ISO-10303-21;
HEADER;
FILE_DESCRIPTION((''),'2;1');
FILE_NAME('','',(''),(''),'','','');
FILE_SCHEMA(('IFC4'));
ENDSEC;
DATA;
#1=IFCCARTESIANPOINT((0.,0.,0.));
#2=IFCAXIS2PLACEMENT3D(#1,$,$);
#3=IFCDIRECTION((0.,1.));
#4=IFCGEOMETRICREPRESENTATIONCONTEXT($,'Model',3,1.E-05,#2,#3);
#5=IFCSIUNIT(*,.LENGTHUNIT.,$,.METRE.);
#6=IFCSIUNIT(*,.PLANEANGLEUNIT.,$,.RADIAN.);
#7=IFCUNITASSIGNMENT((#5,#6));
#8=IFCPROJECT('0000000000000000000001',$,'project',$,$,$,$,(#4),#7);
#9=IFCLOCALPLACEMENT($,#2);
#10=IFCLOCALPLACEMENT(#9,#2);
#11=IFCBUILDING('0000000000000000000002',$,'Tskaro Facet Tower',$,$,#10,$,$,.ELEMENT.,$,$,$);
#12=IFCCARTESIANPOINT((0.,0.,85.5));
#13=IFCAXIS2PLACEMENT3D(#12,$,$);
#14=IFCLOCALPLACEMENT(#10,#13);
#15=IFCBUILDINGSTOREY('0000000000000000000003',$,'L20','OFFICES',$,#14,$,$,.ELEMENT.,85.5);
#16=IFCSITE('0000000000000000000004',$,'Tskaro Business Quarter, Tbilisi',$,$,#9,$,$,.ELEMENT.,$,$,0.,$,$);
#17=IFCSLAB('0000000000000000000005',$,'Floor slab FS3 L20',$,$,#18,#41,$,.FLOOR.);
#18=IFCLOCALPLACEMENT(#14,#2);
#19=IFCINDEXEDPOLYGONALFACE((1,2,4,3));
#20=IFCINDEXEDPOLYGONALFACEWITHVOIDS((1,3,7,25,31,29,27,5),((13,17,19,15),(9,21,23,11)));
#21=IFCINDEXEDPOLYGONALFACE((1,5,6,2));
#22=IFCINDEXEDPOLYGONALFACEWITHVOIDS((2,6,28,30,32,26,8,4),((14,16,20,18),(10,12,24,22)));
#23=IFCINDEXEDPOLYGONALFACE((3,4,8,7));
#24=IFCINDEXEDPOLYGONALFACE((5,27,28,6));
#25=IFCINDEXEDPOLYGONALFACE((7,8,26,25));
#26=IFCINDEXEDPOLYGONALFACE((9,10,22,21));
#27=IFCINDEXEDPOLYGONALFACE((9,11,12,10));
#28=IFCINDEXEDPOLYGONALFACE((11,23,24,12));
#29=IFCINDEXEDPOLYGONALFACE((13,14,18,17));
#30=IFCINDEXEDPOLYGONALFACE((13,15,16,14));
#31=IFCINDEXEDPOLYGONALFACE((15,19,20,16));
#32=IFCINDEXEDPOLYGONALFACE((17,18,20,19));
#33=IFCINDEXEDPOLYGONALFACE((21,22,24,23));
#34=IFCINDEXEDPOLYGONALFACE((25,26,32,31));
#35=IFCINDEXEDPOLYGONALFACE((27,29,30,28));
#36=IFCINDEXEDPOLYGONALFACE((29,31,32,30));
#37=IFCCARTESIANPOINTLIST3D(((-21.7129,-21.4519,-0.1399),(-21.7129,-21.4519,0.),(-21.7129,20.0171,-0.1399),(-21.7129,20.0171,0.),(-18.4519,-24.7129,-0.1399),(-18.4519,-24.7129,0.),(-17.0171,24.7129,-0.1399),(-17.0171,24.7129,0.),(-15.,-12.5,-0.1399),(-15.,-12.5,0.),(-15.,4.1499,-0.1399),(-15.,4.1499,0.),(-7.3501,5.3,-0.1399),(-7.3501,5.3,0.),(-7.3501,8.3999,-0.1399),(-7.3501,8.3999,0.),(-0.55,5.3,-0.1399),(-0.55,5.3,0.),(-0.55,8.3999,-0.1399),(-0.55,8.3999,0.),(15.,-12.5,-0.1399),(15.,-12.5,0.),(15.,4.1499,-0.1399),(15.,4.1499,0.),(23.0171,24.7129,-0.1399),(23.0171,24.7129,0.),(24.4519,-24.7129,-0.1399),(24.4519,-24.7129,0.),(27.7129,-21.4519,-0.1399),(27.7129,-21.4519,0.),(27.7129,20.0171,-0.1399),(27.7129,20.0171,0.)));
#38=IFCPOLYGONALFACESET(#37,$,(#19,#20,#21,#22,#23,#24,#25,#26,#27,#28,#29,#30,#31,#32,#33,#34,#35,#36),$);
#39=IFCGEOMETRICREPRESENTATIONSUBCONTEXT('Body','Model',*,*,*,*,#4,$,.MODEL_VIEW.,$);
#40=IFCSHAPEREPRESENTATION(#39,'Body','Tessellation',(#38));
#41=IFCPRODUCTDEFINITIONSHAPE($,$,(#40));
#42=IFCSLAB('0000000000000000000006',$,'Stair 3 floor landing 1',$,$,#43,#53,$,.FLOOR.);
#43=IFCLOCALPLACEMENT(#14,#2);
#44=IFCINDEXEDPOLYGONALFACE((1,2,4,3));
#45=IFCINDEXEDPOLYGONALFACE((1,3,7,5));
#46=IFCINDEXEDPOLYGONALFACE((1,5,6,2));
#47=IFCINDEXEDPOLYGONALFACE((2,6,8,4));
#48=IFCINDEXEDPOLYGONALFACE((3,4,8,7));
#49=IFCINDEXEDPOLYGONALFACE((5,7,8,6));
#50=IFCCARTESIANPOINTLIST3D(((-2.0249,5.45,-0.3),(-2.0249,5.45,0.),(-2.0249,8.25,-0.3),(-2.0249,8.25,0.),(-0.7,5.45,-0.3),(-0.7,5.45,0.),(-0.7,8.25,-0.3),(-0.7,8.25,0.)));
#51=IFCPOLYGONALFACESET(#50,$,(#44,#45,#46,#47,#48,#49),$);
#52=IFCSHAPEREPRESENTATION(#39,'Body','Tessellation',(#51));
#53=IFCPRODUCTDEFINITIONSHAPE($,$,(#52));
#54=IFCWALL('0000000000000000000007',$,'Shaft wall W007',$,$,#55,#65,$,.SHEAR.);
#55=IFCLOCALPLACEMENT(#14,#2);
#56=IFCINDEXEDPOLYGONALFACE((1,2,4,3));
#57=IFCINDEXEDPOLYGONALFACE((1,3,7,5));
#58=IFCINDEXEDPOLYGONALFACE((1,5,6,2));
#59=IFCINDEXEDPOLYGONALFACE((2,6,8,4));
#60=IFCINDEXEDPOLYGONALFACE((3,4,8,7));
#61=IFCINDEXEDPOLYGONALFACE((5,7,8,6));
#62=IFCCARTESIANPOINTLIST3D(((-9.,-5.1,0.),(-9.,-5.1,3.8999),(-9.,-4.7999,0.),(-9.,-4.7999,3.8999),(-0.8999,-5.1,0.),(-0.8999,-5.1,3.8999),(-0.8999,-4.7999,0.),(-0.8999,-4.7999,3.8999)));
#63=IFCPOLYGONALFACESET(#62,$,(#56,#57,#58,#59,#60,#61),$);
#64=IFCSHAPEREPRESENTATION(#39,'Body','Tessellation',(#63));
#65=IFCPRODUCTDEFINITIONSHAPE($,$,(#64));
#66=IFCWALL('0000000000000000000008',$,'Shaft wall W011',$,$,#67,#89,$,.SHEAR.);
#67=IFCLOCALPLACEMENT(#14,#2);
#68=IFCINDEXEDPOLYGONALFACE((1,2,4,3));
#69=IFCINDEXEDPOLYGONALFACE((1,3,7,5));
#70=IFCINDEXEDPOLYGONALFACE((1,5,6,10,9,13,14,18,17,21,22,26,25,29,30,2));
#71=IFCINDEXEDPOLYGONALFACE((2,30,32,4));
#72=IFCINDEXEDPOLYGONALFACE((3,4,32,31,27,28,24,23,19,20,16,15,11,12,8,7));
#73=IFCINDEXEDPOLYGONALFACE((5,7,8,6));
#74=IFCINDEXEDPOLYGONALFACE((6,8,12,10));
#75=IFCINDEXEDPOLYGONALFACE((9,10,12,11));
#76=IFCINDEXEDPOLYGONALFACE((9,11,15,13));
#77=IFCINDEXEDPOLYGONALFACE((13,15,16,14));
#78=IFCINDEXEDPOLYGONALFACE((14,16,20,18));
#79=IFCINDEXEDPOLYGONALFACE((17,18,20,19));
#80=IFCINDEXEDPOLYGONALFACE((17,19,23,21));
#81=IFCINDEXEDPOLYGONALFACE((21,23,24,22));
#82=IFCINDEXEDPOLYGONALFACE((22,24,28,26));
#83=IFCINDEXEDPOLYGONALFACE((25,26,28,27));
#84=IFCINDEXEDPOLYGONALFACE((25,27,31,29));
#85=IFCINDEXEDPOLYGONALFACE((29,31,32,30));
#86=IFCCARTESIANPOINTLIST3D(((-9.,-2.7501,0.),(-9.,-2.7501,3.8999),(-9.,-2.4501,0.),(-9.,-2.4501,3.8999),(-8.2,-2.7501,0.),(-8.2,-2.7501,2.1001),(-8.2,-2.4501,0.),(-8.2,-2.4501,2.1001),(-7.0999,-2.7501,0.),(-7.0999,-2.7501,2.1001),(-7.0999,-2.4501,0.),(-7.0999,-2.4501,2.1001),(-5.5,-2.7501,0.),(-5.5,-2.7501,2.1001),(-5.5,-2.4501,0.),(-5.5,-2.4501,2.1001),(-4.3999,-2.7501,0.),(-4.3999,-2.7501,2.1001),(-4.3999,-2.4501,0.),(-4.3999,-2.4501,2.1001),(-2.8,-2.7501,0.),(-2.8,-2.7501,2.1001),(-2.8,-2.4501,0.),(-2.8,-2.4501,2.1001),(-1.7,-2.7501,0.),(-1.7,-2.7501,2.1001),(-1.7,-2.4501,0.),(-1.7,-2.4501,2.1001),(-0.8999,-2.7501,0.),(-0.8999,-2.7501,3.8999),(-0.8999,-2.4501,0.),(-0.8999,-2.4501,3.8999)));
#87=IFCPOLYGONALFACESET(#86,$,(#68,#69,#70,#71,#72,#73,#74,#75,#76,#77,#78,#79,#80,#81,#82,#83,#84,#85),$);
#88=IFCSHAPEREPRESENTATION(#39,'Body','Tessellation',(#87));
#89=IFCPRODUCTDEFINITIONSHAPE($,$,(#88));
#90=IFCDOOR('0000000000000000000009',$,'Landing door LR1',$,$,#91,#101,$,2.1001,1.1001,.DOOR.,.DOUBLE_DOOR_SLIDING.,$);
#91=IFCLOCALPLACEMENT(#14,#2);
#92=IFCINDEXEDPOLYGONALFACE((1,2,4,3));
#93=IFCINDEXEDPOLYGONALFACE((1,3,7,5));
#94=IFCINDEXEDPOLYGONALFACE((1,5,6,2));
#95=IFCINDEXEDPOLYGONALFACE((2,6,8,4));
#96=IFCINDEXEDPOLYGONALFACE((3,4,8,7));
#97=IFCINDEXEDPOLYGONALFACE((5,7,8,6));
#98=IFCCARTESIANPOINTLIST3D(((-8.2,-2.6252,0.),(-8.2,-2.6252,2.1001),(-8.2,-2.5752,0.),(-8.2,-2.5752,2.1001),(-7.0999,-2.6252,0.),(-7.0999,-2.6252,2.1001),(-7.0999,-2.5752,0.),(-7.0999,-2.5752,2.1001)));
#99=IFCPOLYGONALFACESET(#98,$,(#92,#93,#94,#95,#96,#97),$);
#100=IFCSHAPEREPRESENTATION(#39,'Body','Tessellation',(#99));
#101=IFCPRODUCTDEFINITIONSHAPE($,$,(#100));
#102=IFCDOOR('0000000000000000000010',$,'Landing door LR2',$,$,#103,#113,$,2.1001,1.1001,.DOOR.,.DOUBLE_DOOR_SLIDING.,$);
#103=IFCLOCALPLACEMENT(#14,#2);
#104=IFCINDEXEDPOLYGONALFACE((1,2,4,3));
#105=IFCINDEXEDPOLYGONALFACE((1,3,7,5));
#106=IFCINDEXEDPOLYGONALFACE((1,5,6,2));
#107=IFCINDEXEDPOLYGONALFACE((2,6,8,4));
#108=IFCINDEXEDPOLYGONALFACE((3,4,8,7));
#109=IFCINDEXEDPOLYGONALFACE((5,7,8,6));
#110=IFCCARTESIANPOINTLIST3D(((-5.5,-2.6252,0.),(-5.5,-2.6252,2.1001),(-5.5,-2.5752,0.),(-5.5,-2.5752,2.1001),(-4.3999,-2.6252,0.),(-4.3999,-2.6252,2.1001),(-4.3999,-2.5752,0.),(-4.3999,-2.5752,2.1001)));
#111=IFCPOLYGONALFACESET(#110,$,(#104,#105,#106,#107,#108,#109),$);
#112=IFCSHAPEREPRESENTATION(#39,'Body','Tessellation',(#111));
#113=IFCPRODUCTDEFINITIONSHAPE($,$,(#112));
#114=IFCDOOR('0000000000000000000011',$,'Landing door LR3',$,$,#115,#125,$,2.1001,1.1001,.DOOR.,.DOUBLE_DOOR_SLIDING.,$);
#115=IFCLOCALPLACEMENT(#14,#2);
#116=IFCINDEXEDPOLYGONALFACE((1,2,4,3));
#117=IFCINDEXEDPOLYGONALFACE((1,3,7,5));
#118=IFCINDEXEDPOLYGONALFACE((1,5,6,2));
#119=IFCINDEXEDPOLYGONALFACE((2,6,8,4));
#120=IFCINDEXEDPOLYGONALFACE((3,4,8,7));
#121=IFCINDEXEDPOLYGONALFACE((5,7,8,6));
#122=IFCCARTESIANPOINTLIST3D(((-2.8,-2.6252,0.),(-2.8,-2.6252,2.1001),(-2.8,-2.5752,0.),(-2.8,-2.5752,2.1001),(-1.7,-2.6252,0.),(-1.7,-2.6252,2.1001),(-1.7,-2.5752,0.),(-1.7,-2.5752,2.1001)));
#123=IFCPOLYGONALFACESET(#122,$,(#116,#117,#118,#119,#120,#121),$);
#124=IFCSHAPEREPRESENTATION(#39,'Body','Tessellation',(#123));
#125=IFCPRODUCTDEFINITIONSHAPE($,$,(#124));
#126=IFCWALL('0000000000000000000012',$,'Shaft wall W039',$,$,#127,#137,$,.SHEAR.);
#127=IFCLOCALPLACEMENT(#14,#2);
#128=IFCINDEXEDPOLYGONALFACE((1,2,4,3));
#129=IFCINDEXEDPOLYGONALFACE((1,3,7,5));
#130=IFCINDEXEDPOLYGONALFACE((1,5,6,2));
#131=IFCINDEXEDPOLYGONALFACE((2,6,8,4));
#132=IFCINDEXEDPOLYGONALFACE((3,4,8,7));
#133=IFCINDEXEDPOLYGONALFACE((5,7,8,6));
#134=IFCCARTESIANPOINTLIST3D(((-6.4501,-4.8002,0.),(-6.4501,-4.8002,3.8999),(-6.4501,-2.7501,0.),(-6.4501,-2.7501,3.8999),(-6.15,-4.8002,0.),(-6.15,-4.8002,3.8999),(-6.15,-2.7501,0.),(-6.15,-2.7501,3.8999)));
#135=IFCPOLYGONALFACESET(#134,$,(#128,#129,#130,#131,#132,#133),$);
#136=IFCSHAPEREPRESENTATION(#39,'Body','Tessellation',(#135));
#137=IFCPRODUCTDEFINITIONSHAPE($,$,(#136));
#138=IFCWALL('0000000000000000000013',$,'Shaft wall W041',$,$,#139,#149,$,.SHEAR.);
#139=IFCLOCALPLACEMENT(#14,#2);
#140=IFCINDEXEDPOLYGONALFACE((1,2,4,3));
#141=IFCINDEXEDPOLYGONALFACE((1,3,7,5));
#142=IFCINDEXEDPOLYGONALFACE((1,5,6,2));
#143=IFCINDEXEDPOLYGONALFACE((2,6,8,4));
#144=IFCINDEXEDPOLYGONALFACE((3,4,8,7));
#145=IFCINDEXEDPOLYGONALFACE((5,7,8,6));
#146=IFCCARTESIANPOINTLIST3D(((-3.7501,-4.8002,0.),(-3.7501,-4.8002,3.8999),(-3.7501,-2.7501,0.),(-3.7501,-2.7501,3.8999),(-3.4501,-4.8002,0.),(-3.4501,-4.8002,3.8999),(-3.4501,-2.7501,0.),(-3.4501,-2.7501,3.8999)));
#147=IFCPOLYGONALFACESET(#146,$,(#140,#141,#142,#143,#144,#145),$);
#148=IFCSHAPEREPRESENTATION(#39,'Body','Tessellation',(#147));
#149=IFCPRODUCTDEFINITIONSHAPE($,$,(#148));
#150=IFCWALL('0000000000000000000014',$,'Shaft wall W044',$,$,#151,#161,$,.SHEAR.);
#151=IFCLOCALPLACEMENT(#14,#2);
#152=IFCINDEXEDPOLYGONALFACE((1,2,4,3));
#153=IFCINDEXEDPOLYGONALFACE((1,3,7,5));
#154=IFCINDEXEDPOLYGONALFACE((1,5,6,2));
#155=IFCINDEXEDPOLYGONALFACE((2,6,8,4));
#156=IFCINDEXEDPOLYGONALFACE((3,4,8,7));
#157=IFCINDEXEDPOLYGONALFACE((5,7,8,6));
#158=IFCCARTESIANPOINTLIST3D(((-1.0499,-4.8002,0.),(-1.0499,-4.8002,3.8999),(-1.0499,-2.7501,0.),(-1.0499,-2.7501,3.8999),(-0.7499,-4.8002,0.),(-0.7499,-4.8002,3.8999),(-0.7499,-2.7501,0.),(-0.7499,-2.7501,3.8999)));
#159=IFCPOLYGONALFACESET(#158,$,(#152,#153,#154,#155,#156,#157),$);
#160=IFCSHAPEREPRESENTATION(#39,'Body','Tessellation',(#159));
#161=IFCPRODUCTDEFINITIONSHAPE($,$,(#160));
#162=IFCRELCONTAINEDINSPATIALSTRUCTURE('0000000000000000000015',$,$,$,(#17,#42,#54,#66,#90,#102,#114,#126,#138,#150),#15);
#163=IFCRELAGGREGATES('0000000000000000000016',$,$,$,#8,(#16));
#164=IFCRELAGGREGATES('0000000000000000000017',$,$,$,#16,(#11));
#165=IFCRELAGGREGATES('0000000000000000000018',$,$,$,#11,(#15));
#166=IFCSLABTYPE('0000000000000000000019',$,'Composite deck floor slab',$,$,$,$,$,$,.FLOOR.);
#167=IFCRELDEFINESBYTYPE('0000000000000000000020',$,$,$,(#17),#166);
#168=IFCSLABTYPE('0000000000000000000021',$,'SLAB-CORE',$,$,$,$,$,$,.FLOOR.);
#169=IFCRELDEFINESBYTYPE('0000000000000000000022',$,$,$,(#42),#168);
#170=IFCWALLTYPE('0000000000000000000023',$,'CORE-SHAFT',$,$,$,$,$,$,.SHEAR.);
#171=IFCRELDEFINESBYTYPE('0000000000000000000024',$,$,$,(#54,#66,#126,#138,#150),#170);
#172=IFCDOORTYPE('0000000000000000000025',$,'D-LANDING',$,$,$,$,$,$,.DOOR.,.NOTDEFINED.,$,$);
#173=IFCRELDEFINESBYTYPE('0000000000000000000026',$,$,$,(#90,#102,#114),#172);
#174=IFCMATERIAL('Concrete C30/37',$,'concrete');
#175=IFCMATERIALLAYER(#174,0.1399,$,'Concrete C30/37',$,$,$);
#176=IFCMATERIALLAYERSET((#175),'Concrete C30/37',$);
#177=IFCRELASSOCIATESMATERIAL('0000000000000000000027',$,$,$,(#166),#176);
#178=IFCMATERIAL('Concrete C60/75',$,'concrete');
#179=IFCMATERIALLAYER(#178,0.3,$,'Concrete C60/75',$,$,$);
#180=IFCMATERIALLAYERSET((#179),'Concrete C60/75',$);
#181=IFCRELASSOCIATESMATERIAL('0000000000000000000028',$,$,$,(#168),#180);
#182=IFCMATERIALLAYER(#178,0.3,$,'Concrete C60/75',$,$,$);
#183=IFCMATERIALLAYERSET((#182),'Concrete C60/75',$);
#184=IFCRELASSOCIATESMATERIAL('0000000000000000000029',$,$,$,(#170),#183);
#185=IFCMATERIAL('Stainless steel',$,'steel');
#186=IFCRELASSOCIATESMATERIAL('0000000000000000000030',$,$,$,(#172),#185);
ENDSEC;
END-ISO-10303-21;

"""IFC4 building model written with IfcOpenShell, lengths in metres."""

from ifc_helpers import new_model, si_unit, direction, frame, frame_2d, origin, place, context, subcontext, project, spatial, polyline, rectangle, outline, extrude, material, layer, layer_set, type_object, element, fill, save


model = new_model("IFC4")

# Units and contexts
model_context = context("Model", 3, precision=1e-05, world=origin(), true_north=direction((0.0, 1.0)))
body_context = subcontext(model_context, "Body", "Model", "MODEL_VIEW")
ifc_project = project(units=[si_unit("LENGTHUNIT", "METRE"), si_unit("PLANEANGLEUNIT", "RADIAN")], contexts=[model_context])

# Site, building, storey
site_placement = place(None, origin())
site = spatial("IfcSite", under=ifc_project, at=site_placement, Name="Tskaro Business Quarter, Tbilisi", CompositionType="ELEMENT", RefElevation=0.0)
building_placement = place(site_placement, origin())
building = spatial("IfcBuilding", under=site, at=building_placement, Name="Tskaro Facet Tower", CompositionType="ELEMENT")
storey_placement = place(building_placement, frame((0.0, 0.0, 85.5)))
storey = spatial("IfcBuildingStorey", under=building, at=storey_placement, Name="L20", Description="OFFICES", CompositionType="ELEMENT", Elevation=85.5)

# Slabs
ifc_material_1 = material(Name="Concrete C30/37", Category="concrete")
ifc_layer_1 = layer(ifc_material_1, 0.1399, Name="Concrete C30/37")
ifc_layer_set_1 = layer_set([ifc_layer_1], Name="Concrete C30/37")
slab_type_1 = type_object("IfcSlabType", Name="Composite deck floor slab", PredefinedType="FLOOR", material=ifc_layer_set_1)
slab_1_placement = place(storey_placement, frame((0.0, 0.0, -0.1399)))
element("IfcSlab", 1, at=slab_1_placement, inside=storey, type_object=slab_type_1, Name="Floor slab FS3 L20", PredefinedType="FLOOR", context=body_context, shape_type="SweptSolid", body=[
    extrude(outline(polyline([(-18.4519, -24.7129), (24.4519, -24.7129), (27.7129, -21.4519), (27.7129, 20.0171), (23.0171, 24.7129), (-17.0171, 24.7129), (-21.7129, 20.0171), (-21.7129, -21.4519), (-18.4519, -24.7129)]), holes=[polyline([(-15.0, -12.5), (15.0, -12.5), (15.0, 4.1499), (-15.0, 4.1499), (-15.0, -12.5)]), polyline([(-7.3501, 5.3), (-0.55, 5.3), (-0.55, 8.3999), (-7.3501, 8.3999), (-7.3501, 5.3)])]), origin(), (0.0, 0.0, 1.0), 0.1399),
])
ifc_material_2 = material(Name="Concrete C60/75", Category="concrete")
ifc_layer_2 = layer(ifc_material_2, 0.3, Name="Concrete C60/75")
ifc_layer_set_2 = layer_set([ifc_layer_2], Name="Concrete C60/75")
slab_type_2 = type_object("IfcSlabType", Name="SLAB-CORE", PredefinedType="FLOOR", material=ifc_layer_set_2)
slab_2_placement = place(storey_placement, frame((0.0, 0.0, -0.3)))
element("IfcSlab", 2, at=slab_2_placement, inside=storey, type_object=slab_type_2, Name="Stair 3 floor landing 1", PredefinedType="FLOOR", context=body_context, shape_type="SweptSolid", body=[
    extrude(outline(polyline([(-2.0249, 5.45), (-0.7, 5.45), (-0.7, 8.25), (-2.0249, 8.25), (-2.0249, 5.45)])), origin(), (0.0, 0.0, 1.0), 0.3),
])

# Wall
ifc_layer_3 = layer(ifc_material_2, 0.3, Name="Concrete C60/75")
ifc_layer_set_3 = layer_set([ifc_layer_3], Name="Concrete C60/75")
wall_type = type_object("IfcWallType", Name="CORE-SHAFT", PredefinedType="SHEAR", material=ifc_layer_set_3)
wall_1_placement = place(storey_placement, frame((-9.0, -4.95, 0.0), z_axis=(0.0, 0.0, 1.0), x_axis=(1.0, 0.0, 0.0)))
element("IfcWall", 3, at=wall_1_placement, inside=storey, type_object=wall_type, Name="Shaft wall W007", PredefinedType="SHEAR", context=body_context, shape_type="SweptSolid", body=[
    extrude(rectangle(XDim=8.1001, YDim=0.3, at=frame_2d((4.05, 0.0))), origin(), (0.0, 0.0, 1.0), 3.8999),
])

# Wall, openings, doors
wall_2_placement = place(storey_placement, frame((-9.0, -2.6001, 0.0), z_axis=(0.0, 0.0, 1.0), x_axis=(1.0, 0.0, 0.0)))
wall_2 = element("IfcWall", 4, at=wall_2_placement, inside=storey, type_object=wall_type, Name="Shaft wall W011", PredefinedType="SHEAR", context=body_context, shape_type="SweptSolid", body=[
    extrude(rectangle(XDim=8.1001, YDim=0.3, at=frame_2d((4.05, 0.0))), origin(), (0.0, 0.0, 1.0), 3.8999),
])
opening_1_placement = place(wall_2_placement, frame((0.8, 0.0, 0.0)))
opening_1 = element("IfcOpeningElement", 5, at=opening_1_placement, cuts=wall_2, PredefinedType="OPENING", context=body_context, shape_type="SweptSolid", body=[
    extrude(rectangle(XDim=1.1001, YDim=2.1001, at=frame_2d((0.55, 1.05))), frame((0.0, 0.1599, 0.0), z_axis=(0.0, -1.0, 0.0), x_axis=(1.0, 0.0, 0.0)), (0.0, 0.0, 1.0), 0.3201),
])
opening_2_placement = place(wall_2_placement, frame((3.5, 0.0, 0.0)))
opening_2 = element("IfcOpeningElement", 6, at=opening_2_placement, cuts=wall_2, PredefinedType="OPENING", context=body_context, shape_type="SweptSolid", body=[
    extrude(rectangle(XDim=1.1001, YDim=2.1001, at=frame_2d((0.55, 1.05))), frame((0.0, 0.1599, 0.0), z_axis=(0.0, -1.0, 0.0), x_axis=(1.0, 0.0, 0.0)), (0.0, 0.0, 1.0), 0.3201),
])
opening_3_placement = place(wall_2_placement, frame((6.2, 0.0, 0.0)))
opening_3 = element("IfcOpeningElement", 7, at=opening_3_placement, cuts=wall_2, PredefinedType="OPENING", context=body_context, shape_type="SweptSolid", body=[
    extrude(rectangle(XDim=1.1001, YDim=2.1001, at=frame_2d((0.55, 1.05))), frame((0.0, 0.1599, 0.0), z_axis=(0.0, -1.0, 0.0), x_axis=(1.0, 0.0, 0.0)), (0.0, 0.0, 1.0), 0.3201),
])
ifc_material_3 = material(Name="Stainless steel", Category="steel")
door_type = type_object("IfcDoorType", Name="D-LANDING", OperationType="NOTDEFINED", PredefinedType="DOOR", material=ifc_material_3)
door_1_placement = place(opening_1_placement, origin())
door_1 = element("IfcDoor", 8, at=door_1_placement, inside=storey, type_object=door_type, Name="Landing door LR1", OperationType="DOUBLE_DOOR_SLIDING", OverallHeight=2.1001, OverallWidth=1.1001, PredefinedType="DOOR", context=body_context, shape_type="SweptSolid", body=[
    extrude(rectangle(XDim=1.1001, YDim=2.1001, at=frame_2d((0.55, 1.05))), frame((0.0, 0.0249, 0.0), z_axis=(0.0, -1.0, 0.0), x_axis=(1.0, 0.0, 0.0)), (0.0, 0.0, 1.0), 0.05),
])
fill(opening_1, door_1)
door_2_placement = place(opening_2_placement, origin())
door_2 = element("IfcDoor", 9, at=door_2_placement, inside=storey, type_object=door_type, Name="Landing door LR2", OperationType="DOUBLE_DOOR_SLIDING", OverallHeight=2.1001, OverallWidth=1.1001, PredefinedType="DOOR", context=body_context, shape_type="SweptSolid", body=[
    extrude(rectangle(XDim=1.1001, YDim=2.1001, at=frame_2d((0.55, 1.05))), frame((0.0, 0.0249, 0.0), z_axis=(0.0, -1.0, 0.0), x_axis=(1.0, 0.0, 0.0)), (0.0, 0.0, 1.0), 0.05),
])
fill(opening_2, door_2)
door_3_placement = place(opening_3_placement, origin())
door_3 = element("IfcDoor", 10, at=door_3_placement, inside=storey, type_object=door_type, Name="Landing door LR3", OperationType="DOUBLE_DOOR_SLIDING", OverallHeight=2.1001, OverallWidth=1.1001, PredefinedType="DOOR", context=body_context, shape_type="SweptSolid", body=[
    extrude(rectangle(XDim=1.1001, YDim=2.1001, at=frame_2d((0.55, 1.05))), frame((0.0, 0.0249, 0.0), z_axis=(0.0, -1.0, 0.0), x_axis=(1.0, 0.0, 0.0)), (0.0, 0.0, 1.0), 0.05),
])
fill(opening_3, door_3)

# Walls
for number, where, z_axis, x_axis, name in (
    (11, (-6.3, -4.8, 0.0), (0.0, 0.0, 1.0), (0.0, 1.0, 0.0), "Shaft wall W039"),
    (12, (-3.6001, -4.8, 0.0), (0.0, 0.0, 1.0), (0.0, 1.0, 0.0), "Shaft wall W041"),
    (13, (-0.8999, -4.8, 0.0), (0.0, 0.0, 1.0), (0.0, 1.0, 0.0), "Shaft wall W044"),
):
    element("IfcWall", number, at=place(storey_placement, frame(where, z_axis=z_axis, x_axis=x_axis)), inside=storey, type_object=wall_type, Name=name, PredefinedType="SHEAR", context=body_context, shape_type="SweptSolid", body=[
        extrude(rectangle(XDim=2.05, YDim=0.3, at=frame_2d((1.0249, 0.0))), origin(), (0.0, 0.0, 1.0), 3.8999),
    ])

save(model, "model.ifc")
